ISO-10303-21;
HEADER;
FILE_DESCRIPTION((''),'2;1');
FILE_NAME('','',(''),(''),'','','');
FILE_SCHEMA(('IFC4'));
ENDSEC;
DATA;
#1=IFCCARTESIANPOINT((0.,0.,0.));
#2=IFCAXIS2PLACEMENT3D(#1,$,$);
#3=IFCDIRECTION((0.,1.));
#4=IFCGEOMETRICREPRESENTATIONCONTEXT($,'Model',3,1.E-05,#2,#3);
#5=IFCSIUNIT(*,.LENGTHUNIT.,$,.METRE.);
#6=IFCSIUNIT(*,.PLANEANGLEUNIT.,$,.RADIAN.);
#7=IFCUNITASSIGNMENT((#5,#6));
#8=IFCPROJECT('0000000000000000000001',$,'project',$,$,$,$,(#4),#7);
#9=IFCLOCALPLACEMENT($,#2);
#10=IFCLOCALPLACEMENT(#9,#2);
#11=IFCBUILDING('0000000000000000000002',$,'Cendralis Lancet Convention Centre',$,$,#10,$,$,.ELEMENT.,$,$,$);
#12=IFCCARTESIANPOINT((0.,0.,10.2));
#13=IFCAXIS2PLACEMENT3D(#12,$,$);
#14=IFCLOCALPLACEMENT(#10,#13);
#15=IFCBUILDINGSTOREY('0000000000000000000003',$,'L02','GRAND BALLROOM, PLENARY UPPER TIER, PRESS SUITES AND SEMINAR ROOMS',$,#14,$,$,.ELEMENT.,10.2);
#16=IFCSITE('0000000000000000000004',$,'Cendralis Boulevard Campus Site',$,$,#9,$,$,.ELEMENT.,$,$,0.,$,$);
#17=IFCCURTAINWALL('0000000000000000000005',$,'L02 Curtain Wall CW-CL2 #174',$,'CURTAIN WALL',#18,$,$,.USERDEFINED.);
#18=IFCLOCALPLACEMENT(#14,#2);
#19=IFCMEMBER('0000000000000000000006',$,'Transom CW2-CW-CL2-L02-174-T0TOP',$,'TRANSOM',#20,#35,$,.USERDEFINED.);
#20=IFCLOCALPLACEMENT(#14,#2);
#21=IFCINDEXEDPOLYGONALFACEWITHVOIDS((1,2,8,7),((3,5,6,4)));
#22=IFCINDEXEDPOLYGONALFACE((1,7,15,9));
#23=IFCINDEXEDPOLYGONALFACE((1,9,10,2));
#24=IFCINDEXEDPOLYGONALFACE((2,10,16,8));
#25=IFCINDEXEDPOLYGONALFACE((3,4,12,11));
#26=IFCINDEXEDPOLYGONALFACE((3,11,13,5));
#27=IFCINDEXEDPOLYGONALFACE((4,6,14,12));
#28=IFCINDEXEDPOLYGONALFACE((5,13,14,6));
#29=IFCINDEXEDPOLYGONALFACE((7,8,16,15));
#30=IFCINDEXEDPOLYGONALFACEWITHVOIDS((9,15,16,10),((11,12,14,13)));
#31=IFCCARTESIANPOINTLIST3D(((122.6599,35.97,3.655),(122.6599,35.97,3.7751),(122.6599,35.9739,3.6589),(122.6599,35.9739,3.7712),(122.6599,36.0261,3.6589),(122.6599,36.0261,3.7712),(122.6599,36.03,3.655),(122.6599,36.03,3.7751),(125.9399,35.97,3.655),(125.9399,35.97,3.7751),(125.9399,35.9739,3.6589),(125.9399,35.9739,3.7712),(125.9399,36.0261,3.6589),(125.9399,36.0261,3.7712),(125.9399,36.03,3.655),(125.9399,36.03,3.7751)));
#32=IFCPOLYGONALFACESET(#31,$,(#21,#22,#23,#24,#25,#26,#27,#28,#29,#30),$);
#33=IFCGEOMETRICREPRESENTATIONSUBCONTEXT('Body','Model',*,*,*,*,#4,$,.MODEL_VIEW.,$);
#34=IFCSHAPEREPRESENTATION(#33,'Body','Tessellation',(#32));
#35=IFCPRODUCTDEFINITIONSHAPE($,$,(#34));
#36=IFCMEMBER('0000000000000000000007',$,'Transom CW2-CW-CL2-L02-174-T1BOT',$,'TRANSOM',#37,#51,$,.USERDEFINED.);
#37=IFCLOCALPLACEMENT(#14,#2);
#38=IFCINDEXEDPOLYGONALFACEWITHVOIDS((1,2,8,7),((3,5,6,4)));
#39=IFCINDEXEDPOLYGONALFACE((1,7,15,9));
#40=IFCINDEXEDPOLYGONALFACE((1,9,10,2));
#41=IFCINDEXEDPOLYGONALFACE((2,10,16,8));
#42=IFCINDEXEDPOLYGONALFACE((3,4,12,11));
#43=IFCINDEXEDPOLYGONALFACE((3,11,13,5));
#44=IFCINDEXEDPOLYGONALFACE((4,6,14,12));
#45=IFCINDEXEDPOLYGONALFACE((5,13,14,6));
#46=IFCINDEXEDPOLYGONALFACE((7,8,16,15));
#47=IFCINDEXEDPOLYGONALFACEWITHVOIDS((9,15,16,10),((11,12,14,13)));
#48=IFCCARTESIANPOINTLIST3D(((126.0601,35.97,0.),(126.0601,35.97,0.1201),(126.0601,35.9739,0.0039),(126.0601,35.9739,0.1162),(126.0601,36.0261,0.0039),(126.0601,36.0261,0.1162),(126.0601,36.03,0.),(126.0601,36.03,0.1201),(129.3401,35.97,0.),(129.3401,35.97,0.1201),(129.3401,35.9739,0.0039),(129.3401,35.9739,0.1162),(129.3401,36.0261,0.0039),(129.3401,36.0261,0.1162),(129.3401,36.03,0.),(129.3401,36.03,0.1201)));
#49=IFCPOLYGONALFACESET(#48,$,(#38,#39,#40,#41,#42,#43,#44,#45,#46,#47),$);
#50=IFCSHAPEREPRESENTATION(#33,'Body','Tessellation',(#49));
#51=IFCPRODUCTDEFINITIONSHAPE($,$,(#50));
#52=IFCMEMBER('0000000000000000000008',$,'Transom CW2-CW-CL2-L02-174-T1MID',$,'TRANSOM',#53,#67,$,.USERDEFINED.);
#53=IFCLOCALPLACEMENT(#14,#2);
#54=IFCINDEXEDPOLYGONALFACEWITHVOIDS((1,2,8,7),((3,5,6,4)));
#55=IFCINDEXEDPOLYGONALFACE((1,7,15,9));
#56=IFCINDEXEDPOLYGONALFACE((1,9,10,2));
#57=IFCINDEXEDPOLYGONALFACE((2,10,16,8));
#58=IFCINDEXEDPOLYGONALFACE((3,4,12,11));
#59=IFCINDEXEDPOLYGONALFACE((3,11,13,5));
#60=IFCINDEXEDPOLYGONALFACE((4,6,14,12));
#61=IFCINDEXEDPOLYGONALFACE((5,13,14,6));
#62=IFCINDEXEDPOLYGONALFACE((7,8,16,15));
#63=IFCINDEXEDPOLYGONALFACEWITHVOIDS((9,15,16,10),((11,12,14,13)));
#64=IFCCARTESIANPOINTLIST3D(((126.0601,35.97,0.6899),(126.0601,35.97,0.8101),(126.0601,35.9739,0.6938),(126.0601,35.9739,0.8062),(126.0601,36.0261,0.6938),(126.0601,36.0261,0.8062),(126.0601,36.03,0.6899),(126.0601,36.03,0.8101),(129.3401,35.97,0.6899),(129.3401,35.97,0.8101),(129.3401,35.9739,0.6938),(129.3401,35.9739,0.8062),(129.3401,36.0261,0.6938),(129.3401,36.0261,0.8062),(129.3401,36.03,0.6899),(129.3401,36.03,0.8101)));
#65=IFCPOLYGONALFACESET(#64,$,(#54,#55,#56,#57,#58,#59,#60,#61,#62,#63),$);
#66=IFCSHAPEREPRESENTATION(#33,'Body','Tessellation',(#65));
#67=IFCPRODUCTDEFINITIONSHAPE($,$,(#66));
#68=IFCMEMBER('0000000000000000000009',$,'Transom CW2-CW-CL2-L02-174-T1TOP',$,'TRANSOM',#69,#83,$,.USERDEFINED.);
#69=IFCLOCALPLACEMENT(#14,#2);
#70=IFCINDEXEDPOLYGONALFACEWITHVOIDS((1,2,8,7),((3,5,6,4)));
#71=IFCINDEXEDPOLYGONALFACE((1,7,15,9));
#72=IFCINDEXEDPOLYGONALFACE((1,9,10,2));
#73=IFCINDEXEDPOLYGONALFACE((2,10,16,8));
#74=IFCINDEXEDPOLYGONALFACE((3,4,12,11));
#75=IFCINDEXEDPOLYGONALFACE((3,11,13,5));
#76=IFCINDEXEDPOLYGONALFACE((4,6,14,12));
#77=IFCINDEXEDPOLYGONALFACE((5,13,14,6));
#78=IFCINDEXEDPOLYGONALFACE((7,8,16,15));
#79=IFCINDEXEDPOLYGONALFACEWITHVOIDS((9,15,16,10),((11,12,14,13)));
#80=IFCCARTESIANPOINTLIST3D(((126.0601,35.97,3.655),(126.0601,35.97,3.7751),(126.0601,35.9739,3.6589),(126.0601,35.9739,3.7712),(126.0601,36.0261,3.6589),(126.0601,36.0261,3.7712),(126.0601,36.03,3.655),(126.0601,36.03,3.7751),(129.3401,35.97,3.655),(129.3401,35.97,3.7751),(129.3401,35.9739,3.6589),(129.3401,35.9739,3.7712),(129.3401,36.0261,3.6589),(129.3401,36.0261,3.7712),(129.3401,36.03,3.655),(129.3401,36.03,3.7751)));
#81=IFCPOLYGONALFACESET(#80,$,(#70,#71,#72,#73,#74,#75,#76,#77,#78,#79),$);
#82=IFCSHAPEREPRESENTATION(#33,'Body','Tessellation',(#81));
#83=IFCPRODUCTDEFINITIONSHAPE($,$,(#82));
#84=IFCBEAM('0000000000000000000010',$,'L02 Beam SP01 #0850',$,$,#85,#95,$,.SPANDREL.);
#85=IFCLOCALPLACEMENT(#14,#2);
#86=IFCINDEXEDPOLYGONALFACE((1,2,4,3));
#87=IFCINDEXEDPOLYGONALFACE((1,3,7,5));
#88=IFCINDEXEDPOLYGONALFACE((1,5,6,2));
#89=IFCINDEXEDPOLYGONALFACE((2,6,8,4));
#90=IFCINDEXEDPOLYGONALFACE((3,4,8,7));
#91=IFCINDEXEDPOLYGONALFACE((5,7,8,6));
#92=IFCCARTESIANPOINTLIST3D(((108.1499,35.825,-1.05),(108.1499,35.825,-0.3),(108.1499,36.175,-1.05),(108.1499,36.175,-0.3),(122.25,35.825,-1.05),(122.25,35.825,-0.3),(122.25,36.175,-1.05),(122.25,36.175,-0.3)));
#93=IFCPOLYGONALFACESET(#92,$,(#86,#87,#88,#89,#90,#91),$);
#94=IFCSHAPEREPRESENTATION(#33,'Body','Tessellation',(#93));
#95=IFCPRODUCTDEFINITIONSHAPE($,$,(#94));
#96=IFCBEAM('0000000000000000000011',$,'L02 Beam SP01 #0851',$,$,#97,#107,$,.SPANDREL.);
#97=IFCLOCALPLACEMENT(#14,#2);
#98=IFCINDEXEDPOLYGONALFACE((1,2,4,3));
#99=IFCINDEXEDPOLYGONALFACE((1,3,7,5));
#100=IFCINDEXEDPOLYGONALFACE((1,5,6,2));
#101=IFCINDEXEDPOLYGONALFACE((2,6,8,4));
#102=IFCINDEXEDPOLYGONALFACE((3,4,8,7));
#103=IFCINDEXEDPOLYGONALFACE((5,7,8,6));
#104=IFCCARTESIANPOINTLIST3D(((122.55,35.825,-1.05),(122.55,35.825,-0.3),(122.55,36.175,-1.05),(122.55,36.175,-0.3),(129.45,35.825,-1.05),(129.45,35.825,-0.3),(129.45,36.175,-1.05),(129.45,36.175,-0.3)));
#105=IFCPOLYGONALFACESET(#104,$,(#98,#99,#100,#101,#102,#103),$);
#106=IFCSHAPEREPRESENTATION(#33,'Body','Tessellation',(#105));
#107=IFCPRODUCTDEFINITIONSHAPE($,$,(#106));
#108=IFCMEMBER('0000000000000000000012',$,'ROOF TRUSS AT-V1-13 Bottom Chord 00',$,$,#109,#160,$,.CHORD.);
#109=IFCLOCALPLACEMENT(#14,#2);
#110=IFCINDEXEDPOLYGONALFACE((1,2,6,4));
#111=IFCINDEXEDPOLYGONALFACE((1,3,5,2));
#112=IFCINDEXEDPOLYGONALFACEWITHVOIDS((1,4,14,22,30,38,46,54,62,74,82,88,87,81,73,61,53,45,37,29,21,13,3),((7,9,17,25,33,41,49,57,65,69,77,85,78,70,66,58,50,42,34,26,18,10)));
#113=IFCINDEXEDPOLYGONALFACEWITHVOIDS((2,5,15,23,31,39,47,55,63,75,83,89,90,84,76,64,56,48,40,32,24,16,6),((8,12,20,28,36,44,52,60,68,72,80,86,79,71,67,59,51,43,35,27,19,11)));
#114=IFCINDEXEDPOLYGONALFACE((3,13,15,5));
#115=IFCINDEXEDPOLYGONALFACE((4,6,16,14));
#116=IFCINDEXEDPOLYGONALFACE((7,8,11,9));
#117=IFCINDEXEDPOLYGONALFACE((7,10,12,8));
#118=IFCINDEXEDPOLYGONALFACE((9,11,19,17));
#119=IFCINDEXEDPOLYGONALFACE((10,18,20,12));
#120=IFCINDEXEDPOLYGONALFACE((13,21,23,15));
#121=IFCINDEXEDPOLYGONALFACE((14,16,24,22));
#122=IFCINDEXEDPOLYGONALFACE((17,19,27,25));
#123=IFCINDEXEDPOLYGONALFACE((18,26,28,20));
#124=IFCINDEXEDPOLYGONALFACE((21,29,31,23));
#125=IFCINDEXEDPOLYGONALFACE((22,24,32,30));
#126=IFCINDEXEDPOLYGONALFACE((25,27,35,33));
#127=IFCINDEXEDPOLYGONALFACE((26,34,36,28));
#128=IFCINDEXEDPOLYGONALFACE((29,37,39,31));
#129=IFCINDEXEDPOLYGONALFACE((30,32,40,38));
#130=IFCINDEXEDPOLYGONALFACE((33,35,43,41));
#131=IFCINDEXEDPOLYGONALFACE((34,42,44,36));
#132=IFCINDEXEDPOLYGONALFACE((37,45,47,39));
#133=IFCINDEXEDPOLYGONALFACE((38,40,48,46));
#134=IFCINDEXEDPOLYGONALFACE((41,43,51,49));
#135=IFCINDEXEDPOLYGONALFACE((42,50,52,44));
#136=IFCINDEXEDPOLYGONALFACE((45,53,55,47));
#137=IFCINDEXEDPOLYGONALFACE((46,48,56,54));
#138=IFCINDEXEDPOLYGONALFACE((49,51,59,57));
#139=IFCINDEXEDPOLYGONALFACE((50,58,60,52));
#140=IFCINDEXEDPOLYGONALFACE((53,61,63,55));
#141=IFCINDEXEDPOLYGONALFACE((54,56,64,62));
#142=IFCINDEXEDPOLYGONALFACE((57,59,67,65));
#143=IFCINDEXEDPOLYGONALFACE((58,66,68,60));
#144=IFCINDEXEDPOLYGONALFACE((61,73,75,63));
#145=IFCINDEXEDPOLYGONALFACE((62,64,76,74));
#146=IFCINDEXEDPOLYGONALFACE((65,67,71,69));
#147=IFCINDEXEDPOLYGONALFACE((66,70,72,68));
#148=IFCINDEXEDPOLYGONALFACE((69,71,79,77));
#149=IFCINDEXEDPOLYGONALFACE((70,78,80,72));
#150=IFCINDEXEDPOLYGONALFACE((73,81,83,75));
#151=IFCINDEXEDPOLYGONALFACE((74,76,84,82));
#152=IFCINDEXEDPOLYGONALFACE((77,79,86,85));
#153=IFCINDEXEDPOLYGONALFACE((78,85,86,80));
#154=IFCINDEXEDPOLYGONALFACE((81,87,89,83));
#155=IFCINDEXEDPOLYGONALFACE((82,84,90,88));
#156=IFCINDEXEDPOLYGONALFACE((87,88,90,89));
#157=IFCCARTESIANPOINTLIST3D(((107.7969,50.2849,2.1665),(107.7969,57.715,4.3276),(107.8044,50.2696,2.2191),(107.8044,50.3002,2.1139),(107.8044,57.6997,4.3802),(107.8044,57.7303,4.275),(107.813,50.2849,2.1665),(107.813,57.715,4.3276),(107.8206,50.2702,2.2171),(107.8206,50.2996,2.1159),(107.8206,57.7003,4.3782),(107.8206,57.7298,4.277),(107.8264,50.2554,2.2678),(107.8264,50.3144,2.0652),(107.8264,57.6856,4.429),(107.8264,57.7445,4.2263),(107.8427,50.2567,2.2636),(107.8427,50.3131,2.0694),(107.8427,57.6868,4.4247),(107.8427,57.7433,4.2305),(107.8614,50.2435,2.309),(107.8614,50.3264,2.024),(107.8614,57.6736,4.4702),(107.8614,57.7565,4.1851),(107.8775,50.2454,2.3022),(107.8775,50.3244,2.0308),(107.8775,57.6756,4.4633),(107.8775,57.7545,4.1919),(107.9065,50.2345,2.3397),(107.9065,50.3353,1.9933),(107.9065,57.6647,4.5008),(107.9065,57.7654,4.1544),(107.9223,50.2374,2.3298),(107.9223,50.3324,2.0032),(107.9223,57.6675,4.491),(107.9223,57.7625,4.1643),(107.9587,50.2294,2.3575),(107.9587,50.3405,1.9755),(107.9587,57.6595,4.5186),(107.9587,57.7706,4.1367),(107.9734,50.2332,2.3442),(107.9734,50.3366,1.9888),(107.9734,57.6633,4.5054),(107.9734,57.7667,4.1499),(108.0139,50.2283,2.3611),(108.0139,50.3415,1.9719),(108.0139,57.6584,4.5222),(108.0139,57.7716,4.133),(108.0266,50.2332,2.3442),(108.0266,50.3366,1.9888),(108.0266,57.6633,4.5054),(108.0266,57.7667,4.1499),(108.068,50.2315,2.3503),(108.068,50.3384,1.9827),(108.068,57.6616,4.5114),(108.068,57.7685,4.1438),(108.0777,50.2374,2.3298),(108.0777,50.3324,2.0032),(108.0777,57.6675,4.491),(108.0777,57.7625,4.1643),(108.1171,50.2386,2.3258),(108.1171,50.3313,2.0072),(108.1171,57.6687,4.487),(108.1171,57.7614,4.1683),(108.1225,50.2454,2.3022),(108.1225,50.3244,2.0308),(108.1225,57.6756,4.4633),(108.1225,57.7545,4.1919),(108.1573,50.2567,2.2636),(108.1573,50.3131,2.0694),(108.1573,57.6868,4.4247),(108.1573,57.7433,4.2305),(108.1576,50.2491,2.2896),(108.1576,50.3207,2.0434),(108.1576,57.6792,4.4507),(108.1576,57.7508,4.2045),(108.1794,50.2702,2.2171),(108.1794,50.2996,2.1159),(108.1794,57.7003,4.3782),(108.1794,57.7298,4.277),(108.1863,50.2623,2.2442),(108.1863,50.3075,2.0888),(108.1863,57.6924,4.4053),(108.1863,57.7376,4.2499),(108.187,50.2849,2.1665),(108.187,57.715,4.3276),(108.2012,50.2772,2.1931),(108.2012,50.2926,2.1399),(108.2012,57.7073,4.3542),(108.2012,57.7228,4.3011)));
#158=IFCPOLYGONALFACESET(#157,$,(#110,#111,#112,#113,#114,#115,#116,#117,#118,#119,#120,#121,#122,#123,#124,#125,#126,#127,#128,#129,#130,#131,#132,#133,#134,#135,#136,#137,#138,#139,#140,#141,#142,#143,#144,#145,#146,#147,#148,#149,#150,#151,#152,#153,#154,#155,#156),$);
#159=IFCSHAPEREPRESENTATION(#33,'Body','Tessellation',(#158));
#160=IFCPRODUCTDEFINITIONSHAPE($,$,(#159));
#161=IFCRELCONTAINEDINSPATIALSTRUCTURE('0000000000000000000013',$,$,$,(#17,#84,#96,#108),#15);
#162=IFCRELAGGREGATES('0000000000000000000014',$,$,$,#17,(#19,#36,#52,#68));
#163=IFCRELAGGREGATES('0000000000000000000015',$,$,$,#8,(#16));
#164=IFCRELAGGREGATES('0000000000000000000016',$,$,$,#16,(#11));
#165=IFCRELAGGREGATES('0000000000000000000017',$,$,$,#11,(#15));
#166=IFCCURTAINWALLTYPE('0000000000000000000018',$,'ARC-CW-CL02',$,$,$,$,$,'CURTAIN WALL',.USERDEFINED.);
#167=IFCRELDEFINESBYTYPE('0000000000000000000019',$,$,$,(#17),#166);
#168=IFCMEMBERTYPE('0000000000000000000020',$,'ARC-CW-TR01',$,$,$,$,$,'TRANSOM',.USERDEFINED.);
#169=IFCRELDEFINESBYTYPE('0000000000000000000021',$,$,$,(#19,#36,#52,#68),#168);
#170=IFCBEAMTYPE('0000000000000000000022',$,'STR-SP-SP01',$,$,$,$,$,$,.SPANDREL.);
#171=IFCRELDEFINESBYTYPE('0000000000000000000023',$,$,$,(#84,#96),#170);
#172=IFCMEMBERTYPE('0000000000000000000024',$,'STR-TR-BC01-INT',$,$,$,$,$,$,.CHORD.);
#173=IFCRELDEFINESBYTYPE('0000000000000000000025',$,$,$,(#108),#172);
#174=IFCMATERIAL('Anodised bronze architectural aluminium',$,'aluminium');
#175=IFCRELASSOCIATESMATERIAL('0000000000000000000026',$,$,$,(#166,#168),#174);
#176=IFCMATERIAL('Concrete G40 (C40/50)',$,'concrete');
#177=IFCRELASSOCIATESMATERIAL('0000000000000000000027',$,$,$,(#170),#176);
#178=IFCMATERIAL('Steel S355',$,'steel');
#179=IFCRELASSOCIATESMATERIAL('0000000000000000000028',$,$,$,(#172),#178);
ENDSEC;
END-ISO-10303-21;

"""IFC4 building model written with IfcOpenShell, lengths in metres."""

from ifc_helpers import new_model, si_unit, direction, frame, origin, origin_2d, place, context, subcontext, project, spatial, rectangle, hollow_rectangle, hollow_circle, extrude, material, material_profile, profile_set, type_object, element, aggregate, save


model = new_model("IFC4")

# Units and contexts
model_context = context("Model", 3, precision=1e-05, world=origin(), true_north=direction((0.0, 1.0)))
body_context = subcontext(model_context, "Body", "Model", "MODEL_VIEW")
ifc_project = project(units=[si_unit("LENGTHUNIT", "METRE"), si_unit("PLANEANGLEUNIT", "RADIAN")], contexts=[model_context])

# Site, building, storey
site_placement = place(None, origin())
site = spatial("IfcSite", under=ifc_project, at=site_placement, Name="Cendralis Boulevard Campus Site", CompositionType="ELEMENT", RefElevation=0.0)
building_placement = place(site_placement, origin())
building = spatial("IfcBuilding", under=site, at=building_placement, Name="Cendralis Lancet Convention Centre", CompositionType="ELEMENT")
storey_placement = place(building_placement, frame((0.0, 0.0, 10.2)))
storey = spatial("IfcBuildingStorey", under=building, at=storey_placement, Name="L02", Description="GRAND BALLROOM, PLENARY UPPER TIER, PRESS SUITES AND SEMINAR ROOMS", CompositionType="ELEMENT", Elevation=10.2)

# Shared definitions
ifc_material_1 = material(Name="Steel S355", Category="steel")

# Curtain wall, members
ifc_material_2 = material(Name="Anodised bronze architectural aluminium", Category="aluminium")
curtain_wall_type = type_object("IfcCurtainWallType", Name="ARC-CW-CL02", ElementType="CURTAIN WALL", PredefinedType="USERDEFINED", material=ifc_material_2)
curtain_wall_placement = place(storey_placement, origin())
curtain_wall = element("IfcCurtainWall", 1, at=curtain_wall_placement, inside=storey, type_object=curtain_wall_type, Name="L02 Curtain Wall CW-CL2 #174", ObjectType="CURTAIN WALL", PredefinedType="USERDEFINED")
ifc_material_profile_1 = material_profile(ifc_material_2, hollow_rectangle(XDim=0.0601, YDim=0.1201, WallThickness=0.0039, at=origin_2d()), Name="AL-TRAN 60x120x4.0")
ifc_profile_set_1 = profile_set([ifc_material_profile_1], Name="Anodised bronze architectural aluminium")
member_type_1 = type_object("IfcMemberType", Name="ARC-CW-TR01", ElementType="TRANSOM", PredefinedType="USERDEFINED", material=ifc_profile_set_1)
member_1_placement = place(storey_placement, frame((122.6599, 36.0, 3.7151), z_axis=(1.0, 0.0, 0.0), x_axis=(0.0, 1.0, 0.0)))
member_1 = element("IfcMember", 2, at=member_1_placement, type_object=member_type_1, Name="Transom CW2-CW-CL2-L02-174-T0TOP", ObjectType="TRANSOM", PredefinedType="USERDEFINED", context=body_context, shape_type="SweptSolid", body=[
    extrude(hollow_rectangle(XDim=0.0601, YDim=0.1201, WallThickness=0.0039, at=origin_2d()), origin(), (0.0, 0.0, 1.0), 3.28),
])
member_2_placement = place(storey_placement, frame((126.0601, 36.0, 0.0601), z_axis=(1.0, 0.0, 0.0), x_axis=(0.0, 1.0, 0.0)))
member_2 = element("IfcMember", 3, at=member_2_placement, type_object=member_type_1, Name="Transom CW2-CW-CL2-L02-174-T1BOT", ObjectType="TRANSOM", PredefinedType="USERDEFINED", context=body_context, shape_type="SweptSolid", body=[
    extrude(hollow_rectangle(XDim=0.0601, YDim=0.1201, WallThickness=0.0039, at=origin_2d()), origin(), (0.0, 0.0, 1.0), 3.28),
])
member_3_placement = place(storey_placement, frame((126.0601, 36.0, 0.75), z_axis=(1.0, 0.0, 0.0), x_axis=(0.0, 1.0, 0.0)))
member_3 = element("IfcMember", 4, at=member_3_placement, type_object=member_type_1, Name="Transom CW2-CW-CL2-L02-174-T1MID", ObjectType="TRANSOM", PredefinedType="USERDEFINED", context=body_context, shape_type="SweptSolid", body=[
    extrude(hollow_rectangle(XDim=0.0601, YDim=0.1201, WallThickness=0.0039, at=origin_2d()), origin(), (0.0, 0.0, 1.0), 3.28),
])
member_4_placement = place(storey_placement, frame((126.0601, 36.0, 3.7151), z_axis=(1.0, 0.0, 0.0), x_axis=(0.0, 1.0, 0.0)))
member_4 = element("IfcMember", 5, at=member_4_placement, type_object=member_type_1, Name="Transom CW2-CW-CL2-L02-174-T1TOP", ObjectType="TRANSOM", PredefinedType="USERDEFINED", context=body_context, shape_type="SweptSolid", body=[
    extrude(hollow_rectangle(XDim=0.0601, YDim=0.1201, WallThickness=0.0039, at=origin_2d()), origin(), (0.0, 0.0, 1.0), 3.28),
])

# Beams
ifc_material_3 = material(Name="Concrete G40 (C40/50)", Category="concrete")
ifc_material_profile_2 = material_profile(ifc_material_3, rectangle(XDim=0.3501, YDim=0.75, at=origin_2d()), Name="RCB 350x750")
ifc_profile_set_2 = profile_set([ifc_material_profile_2], Name="Concrete G40 (C40/50)")
beam_type = type_object("IfcBeamType", Name="STR-SP-SP01", PredefinedType="SPANDREL", material=ifc_profile_set_2)
beam_1_placement = place(storey_placement, frame((108.1499, 36.0, -0.675), z_axis=(1.0, 0.0, 0.0), x_axis=(0.0, 1.0, 0.0)))
element("IfcBeam", 6, at=beam_1_placement, inside=storey, type_object=beam_type, Name="L02 Beam SP01 #0850", PredefinedType="SPANDREL", context=body_context, shape_type="SweptSolid", body=[
    extrude(rectangle(XDim=0.3501, YDim=0.75, at=origin_2d()), origin(), (0.0, 0.0, 1.0), 14.1001),
])
beam_2_placement = place(storey_placement, frame((122.55, 36.0, -0.675), z_axis=(1.0, 0.0, 0.0), x_axis=(0.0, 1.0, 0.0)))
element("IfcBeam", 7, at=beam_2_placement, inside=storey, type_object=beam_type, Name="L02 Beam SP01 #0851", PredefinedType="SPANDREL", context=body_context, shape_type="SweptSolid", body=[
    extrude(rectangle(XDim=0.3501, YDim=0.75, at=origin_2d()), origin(), (0.0, 0.0, 1.0), 6.8999),
])

# Member
ifc_material_profile_3 = material_profile(ifc_material_1, hollow_circle(Radius=0.2031, WallThickness=0.0161, at=origin_2d()), Name="CHS 406.4x16.0")
ifc_profile_set_3 = profile_set([ifc_material_profile_3], Name="Steel S355")
member_type_2 = type_object("IfcMemberType", Name="STR-TR-BC01-INT", PredefinedType="CHORD", material=ifc_profile_set_3)
member_5_placement = place(storey_placement, frame((108.0, 50.2849, 2.1665), z_axis=(0.0, 0.960208, 0.279285), x_axis=(-1.0, 0.0, 0.0)))
element("IfcMember", 8, at=member_5_placement, inside=storey, type_object=member_type_2, Name="ROOF TRUSS AT-V1-13 Bottom Chord 00", PredefinedType="CHORD", context=body_context, shape_type="SweptSolid", body=[
    extrude(hollow_circle(Radius=0.2031, WallThickness=0.0161, at=origin_2d()), origin(), (0.0, 0.0, 1.0), 7.738),
])

aggregate(curtain_wall, [member_1, member_2, member_3, member_4])

save(model, "model.ifc")
